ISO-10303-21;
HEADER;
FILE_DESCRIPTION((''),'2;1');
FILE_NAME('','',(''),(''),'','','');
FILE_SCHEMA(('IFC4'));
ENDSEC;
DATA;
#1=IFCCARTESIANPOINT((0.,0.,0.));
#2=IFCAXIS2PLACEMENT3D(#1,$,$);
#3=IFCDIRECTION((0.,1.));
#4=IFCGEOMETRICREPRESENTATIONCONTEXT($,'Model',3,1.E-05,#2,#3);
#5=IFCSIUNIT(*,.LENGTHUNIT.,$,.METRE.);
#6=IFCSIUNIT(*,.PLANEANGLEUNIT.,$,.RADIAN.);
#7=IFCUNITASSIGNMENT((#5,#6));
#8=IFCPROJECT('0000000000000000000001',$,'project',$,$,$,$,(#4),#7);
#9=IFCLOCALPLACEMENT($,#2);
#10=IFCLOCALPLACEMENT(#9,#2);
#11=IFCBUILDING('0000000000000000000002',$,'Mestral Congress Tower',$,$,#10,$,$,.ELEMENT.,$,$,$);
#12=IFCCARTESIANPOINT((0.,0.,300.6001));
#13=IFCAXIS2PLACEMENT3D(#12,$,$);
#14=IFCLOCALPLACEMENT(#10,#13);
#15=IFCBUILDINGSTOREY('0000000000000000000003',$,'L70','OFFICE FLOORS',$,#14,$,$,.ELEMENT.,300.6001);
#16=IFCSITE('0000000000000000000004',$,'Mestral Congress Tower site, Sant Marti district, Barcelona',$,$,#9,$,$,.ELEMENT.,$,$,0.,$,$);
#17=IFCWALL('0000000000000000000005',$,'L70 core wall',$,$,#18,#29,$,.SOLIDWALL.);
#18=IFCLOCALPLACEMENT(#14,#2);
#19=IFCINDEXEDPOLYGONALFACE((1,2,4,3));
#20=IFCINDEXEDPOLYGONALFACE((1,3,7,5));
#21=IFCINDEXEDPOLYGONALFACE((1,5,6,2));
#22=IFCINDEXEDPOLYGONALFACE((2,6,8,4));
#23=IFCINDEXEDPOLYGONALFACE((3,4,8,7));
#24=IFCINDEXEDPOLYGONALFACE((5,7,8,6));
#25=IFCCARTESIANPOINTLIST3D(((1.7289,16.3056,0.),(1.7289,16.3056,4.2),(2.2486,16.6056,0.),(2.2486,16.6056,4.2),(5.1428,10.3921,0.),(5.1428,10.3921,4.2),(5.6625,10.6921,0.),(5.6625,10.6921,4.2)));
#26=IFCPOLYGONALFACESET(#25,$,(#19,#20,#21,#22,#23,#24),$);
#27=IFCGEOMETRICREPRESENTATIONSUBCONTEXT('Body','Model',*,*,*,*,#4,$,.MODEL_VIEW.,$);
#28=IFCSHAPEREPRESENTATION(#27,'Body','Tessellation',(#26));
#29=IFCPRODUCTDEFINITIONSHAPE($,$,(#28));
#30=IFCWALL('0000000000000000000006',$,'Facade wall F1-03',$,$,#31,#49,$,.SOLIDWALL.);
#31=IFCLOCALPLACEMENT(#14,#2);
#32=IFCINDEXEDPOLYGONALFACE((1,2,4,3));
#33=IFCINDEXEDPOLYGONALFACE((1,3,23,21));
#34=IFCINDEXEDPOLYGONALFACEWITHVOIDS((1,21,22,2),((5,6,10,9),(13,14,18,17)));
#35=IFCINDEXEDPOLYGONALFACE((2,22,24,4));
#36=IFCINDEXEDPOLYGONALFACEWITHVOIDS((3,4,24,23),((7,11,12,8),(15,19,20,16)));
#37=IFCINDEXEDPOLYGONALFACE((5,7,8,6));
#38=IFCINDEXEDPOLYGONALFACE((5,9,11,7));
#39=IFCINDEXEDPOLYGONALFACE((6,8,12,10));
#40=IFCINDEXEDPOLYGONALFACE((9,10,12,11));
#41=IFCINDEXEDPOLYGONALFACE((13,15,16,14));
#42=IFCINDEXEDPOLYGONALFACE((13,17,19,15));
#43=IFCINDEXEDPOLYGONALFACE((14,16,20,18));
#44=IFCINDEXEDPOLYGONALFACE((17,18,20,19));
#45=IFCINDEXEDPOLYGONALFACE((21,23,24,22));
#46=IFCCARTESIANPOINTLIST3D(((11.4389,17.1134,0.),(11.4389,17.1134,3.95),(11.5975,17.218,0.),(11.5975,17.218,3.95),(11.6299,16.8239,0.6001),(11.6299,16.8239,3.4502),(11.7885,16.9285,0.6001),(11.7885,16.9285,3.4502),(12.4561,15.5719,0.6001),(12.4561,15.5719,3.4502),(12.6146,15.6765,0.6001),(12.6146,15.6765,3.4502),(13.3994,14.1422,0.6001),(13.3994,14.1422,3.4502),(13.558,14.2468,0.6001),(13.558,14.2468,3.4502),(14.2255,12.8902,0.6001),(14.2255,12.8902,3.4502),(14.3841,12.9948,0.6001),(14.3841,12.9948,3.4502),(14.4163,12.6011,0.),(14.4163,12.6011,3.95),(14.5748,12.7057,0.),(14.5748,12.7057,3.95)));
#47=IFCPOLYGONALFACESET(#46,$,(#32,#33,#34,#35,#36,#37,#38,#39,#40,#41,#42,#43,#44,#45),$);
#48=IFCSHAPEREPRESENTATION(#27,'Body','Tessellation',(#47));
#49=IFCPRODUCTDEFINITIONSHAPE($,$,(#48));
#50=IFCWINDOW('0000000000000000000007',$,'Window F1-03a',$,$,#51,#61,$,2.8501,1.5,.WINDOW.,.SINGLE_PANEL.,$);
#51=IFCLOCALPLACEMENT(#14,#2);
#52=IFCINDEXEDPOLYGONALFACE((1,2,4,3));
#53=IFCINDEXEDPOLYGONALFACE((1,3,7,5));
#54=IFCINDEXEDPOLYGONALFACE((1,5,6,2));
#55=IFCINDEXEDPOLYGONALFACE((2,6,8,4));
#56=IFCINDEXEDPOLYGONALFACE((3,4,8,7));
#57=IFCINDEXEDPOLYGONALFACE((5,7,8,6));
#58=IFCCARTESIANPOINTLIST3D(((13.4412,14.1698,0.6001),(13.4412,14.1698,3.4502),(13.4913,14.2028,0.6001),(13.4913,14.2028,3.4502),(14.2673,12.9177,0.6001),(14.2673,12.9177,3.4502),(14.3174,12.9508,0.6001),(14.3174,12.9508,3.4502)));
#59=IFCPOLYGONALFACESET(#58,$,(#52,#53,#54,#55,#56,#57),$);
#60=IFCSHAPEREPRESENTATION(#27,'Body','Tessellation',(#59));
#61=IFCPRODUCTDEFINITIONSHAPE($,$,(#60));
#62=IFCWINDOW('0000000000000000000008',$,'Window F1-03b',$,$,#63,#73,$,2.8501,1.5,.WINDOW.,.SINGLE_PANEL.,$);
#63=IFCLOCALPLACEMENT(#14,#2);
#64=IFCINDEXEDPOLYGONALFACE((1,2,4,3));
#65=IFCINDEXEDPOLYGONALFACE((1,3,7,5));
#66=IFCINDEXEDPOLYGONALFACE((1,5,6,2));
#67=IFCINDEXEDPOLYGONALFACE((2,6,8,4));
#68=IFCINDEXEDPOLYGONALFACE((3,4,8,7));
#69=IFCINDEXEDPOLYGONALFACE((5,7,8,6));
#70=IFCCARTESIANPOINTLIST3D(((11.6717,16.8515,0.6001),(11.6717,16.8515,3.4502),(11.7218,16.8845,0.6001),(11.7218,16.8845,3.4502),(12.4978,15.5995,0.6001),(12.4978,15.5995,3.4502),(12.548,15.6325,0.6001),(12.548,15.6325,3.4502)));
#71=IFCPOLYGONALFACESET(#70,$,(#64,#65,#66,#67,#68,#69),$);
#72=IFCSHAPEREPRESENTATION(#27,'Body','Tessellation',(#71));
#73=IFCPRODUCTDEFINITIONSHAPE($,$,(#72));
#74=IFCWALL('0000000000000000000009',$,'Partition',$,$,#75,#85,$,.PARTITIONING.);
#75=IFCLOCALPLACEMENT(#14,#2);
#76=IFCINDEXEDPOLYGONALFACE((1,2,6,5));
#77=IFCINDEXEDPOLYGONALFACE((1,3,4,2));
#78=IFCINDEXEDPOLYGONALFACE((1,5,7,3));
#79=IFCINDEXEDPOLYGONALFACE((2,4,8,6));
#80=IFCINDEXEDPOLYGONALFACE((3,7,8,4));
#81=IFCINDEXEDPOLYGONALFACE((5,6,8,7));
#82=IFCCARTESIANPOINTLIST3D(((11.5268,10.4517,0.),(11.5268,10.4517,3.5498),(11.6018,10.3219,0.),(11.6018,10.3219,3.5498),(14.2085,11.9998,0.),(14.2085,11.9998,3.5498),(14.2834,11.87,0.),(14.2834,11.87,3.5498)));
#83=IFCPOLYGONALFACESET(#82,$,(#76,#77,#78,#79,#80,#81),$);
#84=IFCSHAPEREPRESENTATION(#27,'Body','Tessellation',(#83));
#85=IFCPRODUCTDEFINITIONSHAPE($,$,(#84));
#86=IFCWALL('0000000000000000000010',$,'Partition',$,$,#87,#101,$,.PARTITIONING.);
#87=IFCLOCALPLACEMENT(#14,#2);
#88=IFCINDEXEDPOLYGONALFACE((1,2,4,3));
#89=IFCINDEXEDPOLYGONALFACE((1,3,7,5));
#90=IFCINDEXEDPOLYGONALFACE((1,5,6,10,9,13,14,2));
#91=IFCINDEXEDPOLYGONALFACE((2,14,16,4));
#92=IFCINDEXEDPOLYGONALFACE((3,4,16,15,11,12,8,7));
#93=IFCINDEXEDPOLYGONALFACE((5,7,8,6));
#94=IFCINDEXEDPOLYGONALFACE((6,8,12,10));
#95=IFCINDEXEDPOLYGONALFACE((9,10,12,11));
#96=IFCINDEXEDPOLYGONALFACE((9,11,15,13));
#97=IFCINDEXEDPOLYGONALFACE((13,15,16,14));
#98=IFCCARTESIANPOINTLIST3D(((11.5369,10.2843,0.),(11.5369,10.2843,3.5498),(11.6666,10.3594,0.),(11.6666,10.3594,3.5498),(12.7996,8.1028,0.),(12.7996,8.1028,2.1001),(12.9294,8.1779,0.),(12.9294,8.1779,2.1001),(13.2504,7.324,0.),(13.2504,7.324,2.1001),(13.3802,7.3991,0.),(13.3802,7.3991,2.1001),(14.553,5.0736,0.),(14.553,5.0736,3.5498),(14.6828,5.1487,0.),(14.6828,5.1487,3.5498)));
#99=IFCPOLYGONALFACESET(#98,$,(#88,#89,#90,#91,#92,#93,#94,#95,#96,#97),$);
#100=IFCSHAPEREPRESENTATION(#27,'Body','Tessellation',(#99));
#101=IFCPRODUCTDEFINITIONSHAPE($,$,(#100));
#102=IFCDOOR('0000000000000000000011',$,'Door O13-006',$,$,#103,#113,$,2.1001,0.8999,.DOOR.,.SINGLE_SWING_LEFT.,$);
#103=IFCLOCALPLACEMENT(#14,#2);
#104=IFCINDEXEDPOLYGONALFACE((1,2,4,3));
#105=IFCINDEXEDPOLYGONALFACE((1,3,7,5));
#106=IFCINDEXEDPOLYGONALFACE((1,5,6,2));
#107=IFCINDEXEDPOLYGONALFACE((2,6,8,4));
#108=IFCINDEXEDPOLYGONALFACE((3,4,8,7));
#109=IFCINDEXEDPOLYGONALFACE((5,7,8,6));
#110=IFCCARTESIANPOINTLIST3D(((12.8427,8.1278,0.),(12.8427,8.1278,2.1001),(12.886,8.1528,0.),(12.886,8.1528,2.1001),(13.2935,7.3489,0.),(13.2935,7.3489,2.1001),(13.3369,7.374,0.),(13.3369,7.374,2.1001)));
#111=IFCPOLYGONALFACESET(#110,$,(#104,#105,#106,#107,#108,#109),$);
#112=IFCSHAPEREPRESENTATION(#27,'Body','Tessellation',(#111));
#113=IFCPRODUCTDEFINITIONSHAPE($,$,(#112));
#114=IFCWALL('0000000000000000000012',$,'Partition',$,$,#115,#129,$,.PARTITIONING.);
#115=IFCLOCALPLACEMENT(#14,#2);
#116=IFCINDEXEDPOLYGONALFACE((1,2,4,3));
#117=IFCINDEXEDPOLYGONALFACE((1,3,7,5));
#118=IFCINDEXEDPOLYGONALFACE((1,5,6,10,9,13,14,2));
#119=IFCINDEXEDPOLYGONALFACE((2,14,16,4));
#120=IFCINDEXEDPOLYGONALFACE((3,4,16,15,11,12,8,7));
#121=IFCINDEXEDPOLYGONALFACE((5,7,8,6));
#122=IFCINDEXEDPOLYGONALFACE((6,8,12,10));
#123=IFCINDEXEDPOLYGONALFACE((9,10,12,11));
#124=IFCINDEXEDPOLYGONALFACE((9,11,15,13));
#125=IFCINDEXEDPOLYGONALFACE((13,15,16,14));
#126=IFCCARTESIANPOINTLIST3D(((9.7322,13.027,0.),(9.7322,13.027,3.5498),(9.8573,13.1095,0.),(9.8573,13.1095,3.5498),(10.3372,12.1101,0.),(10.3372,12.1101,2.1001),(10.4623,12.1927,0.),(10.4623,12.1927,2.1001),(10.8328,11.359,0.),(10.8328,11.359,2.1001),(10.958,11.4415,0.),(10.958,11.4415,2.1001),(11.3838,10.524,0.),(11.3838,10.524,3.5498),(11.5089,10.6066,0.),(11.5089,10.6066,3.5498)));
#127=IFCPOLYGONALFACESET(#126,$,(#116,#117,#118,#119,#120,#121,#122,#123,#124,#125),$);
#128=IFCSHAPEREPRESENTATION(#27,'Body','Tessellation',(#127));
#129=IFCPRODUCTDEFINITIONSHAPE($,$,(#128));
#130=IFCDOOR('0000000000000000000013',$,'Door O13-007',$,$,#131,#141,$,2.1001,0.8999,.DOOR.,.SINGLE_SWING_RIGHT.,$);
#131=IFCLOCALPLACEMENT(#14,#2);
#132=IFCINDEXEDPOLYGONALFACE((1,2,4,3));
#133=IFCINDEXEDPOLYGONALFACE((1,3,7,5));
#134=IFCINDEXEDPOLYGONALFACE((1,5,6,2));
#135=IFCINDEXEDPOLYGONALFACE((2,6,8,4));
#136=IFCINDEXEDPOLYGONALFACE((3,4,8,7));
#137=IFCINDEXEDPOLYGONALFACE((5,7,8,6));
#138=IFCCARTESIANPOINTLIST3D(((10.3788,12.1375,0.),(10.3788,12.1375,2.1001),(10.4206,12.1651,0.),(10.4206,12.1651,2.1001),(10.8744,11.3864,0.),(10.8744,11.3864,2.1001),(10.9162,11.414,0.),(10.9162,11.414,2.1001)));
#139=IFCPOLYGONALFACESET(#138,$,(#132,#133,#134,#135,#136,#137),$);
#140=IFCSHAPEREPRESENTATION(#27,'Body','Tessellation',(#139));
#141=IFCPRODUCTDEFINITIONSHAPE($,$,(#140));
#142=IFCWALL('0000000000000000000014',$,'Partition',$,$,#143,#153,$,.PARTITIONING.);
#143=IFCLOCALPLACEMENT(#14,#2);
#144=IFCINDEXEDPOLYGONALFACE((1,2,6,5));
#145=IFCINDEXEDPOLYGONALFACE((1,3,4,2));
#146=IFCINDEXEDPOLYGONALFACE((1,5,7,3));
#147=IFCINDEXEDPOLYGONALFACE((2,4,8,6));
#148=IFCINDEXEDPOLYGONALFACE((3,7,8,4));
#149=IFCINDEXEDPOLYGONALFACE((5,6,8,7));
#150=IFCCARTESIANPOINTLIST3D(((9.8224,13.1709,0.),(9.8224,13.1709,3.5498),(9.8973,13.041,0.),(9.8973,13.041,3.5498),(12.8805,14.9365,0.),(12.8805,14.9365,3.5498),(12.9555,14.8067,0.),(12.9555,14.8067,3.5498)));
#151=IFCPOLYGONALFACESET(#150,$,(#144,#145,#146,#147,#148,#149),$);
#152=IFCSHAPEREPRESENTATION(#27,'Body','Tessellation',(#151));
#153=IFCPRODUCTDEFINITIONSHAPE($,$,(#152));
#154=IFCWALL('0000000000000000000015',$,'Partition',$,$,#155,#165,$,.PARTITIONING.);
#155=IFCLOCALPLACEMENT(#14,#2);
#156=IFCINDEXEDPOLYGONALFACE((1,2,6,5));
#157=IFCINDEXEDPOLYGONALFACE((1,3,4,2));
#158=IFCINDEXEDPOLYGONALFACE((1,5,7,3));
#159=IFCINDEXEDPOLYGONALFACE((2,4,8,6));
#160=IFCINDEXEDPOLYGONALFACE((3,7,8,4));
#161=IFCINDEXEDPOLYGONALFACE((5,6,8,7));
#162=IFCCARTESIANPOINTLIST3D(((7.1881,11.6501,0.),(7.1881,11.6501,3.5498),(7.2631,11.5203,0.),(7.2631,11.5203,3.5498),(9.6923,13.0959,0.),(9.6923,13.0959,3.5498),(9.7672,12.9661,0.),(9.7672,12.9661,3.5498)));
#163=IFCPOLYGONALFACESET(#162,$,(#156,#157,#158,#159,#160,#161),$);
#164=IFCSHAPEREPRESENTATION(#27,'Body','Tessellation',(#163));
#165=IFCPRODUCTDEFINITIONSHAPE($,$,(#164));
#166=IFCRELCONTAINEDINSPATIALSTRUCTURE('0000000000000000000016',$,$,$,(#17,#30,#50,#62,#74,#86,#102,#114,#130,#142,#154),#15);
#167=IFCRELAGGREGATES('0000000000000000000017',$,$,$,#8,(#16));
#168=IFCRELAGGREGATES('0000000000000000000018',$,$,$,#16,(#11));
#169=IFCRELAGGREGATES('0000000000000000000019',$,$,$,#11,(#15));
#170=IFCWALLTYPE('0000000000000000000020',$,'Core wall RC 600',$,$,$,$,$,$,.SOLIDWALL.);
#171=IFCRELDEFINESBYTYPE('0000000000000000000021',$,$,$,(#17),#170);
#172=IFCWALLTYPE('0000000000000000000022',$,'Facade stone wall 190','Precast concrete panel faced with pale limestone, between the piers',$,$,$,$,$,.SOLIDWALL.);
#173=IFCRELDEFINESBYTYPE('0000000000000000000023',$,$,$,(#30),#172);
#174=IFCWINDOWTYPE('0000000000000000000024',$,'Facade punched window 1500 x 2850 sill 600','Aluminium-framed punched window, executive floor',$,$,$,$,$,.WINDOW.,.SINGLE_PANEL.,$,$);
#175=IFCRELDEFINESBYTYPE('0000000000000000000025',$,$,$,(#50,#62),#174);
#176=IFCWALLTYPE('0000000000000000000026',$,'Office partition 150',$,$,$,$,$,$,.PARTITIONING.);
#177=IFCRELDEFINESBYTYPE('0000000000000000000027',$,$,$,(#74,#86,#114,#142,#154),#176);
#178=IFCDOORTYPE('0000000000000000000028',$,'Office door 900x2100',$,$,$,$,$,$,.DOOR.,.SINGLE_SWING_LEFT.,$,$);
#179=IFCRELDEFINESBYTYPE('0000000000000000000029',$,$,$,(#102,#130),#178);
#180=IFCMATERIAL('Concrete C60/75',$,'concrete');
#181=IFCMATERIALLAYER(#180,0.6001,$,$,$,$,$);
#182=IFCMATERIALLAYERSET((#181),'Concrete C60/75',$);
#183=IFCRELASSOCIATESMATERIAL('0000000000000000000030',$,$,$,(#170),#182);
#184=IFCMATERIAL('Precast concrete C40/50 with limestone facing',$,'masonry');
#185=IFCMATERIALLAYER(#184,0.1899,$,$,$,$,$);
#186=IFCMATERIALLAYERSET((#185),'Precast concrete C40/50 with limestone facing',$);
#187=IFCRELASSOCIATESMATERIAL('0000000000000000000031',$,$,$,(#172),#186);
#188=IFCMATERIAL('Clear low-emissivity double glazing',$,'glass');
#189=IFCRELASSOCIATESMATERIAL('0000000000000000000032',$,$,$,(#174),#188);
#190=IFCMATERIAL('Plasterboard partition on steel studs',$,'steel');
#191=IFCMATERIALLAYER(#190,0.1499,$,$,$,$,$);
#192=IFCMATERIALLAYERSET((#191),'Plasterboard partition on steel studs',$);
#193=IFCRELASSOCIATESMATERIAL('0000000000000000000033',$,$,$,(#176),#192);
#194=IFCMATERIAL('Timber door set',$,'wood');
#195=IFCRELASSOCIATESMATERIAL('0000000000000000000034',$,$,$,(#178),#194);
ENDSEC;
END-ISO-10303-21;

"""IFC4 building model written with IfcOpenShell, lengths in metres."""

from ifc_helpers import new_model, si_unit, direction, frame, frame_2d, origin, place, context, subcontext, project, spatial, rectangle, extrude, material, layer, layer_set, type_object, element, fill, save


model = new_model("IFC4")

# Units and contexts
model_context = context("Model", 3, precision=1e-05, world=origin(), true_north=direction((0.0, 1.0)))
body_context = subcontext(model_context, "Body", "Model", "MODEL_VIEW")
ifc_project = project(units=[si_unit("LENGTHUNIT", "METRE"), si_unit("PLANEANGLEUNIT", "RADIAN")], contexts=[model_context])

# Site, building, storey
site_placement = place(None, origin())
site = spatial("IfcSite", under=ifc_project, at=site_placement, Name="Mestral Congress Tower site, Sant Marti district, Barcelona", CompositionType="ELEMENT", RefElevation=0.0)
building_placement = place(site_placement, origin())
building = spatial("IfcBuilding", under=site, at=building_placement, Name="Mestral Congress Tower", CompositionType="ELEMENT")
storey_placement = place(building_placement, frame((0.0, 0.0, 300.6001)))
storey = spatial("IfcBuildingStorey", under=building, at=storey_placement, Name="L70", Description="OFFICE FLOORS", CompositionType="ELEMENT", Elevation=300.6001)

# Shared definitions
ifc_material_1 = material(Name="Concrete C60/75", Category="concrete")

# Wall
ifc_layer_1 = layer(ifc_material_1, 0.6001)
ifc_layer_set_1 = layer_set([ifc_layer_1], Name="Concrete C60/75")
wall_type_1 = type_object("IfcWallType", Name="Core wall RC 600", PredefinedType="SOLIDWALL", material=ifc_layer_set_1)
wall_1_placement = place(storey_placement, frame((1.9888, 16.4556, 0.0), z_axis=(0.0, 0.0, 1.0), x_axis=(0.499973, -0.866041, 0.0)))
element("IfcWall", 1, at=wall_1_placement, inside=storey, type_object=wall_type_1, Name="L70 core wall", PredefinedType="SOLIDWALL", context=body_context, shape_type="SweptSolid", body=[
    extrude(rectangle(XDim=6.8281, YDim=0.6001, at=frame_2d((3.4141, 0.0))), origin(), (0.0, 0.0, 1.0), 4.2),
])

# Wall, openings, windows
ifc_material_2 = material(Name="Precast concrete C40/50 with limestone facing", Category="masonry")
ifc_layer_2 = layer(ifc_material_2, 0.1899)
ifc_layer_set_2 = layer_set([ifc_layer_2], Name="Precast concrete C40/50 with limestone facing")
wall_type_2 = type_object("IfcWallType", Name="Facade stone wall 190", Description="Precast concrete panel faced with pale limestone, between the piers", PredefinedType="SOLIDWALL", material=ifc_layer_set_2)
wall_2_placement = place(storey_placement, frame((14.4956, 12.6533, 0.0), z_axis=(0.0, 0.0, 1.0), x_axis=(-0.550744, 0.834674, 0.0)))
wall_2 = element("IfcWall", 2, at=wall_2_placement, inside=storey, type_object=wall_type_2, Name="Facade wall F1-03", PredefinedType="SOLIDWALL", context=body_context, shape_type="SweptSolid", body=[
    extrude(rectangle(XDim=5.406, YDim=0.1899, at=frame_2d((2.7031, 0.0))), origin(), (0.0, 0.0, 1.0), 3.95),
])
opening_1_placement = place(wall_2_placement, frame((0.3464, 0.0, 0.6001)))
opening_1 = element("IfcOpeningElement", 3, at=opening_1_placement, cuts=wall_2, PredefinedType="OPENING", context=body_context, shape_type="SweptSolid", body=[
    extrude(rectangle(XDim=1.5, YDim=2.8501, at=frame_2d((0.75, 1.425))), frame((0.0, 0.105, 0.0), z_axis=(0.0, -1.0, 0.0), x_axis=(1.0, 0.0, 0.0)), (0.0, 0.0, 1.0), 0.21),
])
opening_2_placement = place(wall_2_placement, frame((3.5593, 0.0, 0.6001)))
opening_2 = element("IfcOpeningElement", 4, at=opening_2_placement, cuts=wall_2, PredefinedType="OPENING", context=body_context, shape_type="SweptSolid", body=[
    extrude(rectangle(XDim=1.5, YDim=2.8501, at=frame_2d((0.75, 1.425))), frame((0.0, 0.105, 0.0), z_axis=(0.0, -1.0, 0.0), x_axis=(1.0, 0.0, 0.0)), (0.0, 0.0, 1.0), 0.21),
])
ifc_material_3 = material(Name="Clear low-emissivity double glazing", Category="glass")
window_type = type_object("IfcWindowType", Name="Facade punched window 1500 x 2850 sill 600", Description="Aluminium-framed punched window, executive floor", PartitioningType="SINGLE_PANEL", PredefinedType="WINDOW", material=ifc_material_3)
window_1_placement = place(opening_1_placement, origin())
window_1 = element("IfcWindow", 5, at=window_1_placement, inside=storey, type_object=window_type, Name="Window F1-03a", OverallHeight=2.8501, OverallWidth=1.5, PartitioningType="SINGLE_PANEL", PredefinedType="WINDOW", context=body_context, shape_type="SweptSolid", body=[
    extrude(rectangle(XDim=1.5, YDim=2.8501, at=frame_2d((0.75, 1.425))), frame((0.0, 0.0449, 0.0), z_axis=(0.0, -1.0, 0.0), x_axis=(1.0, 0.0, 0.0)), (0.0, 0.0, 1.0), 0.0601),
])
fill(opening_1, window_1)
window_2_placement = place(opening_2_placement, origin())
window_2 = element("IfcWindow", 6, at=window_2_placement, inside=storey, type_object=window_type, Name="Window F1-03b", OverallHeight=2.8501, OverallWidth=1.5, PartitioningType="SINGLE_PANEL", PredefinedType="WINDOW", context=body_context, shape_type="SweptSolid", body=[
    extrude(rectangle(XDim=1.5, YDim=2.8501, at=frame_2d((0.75, 1.425))), frame((0.0, 0.0449, 0.0), z_axis=(0.0, -1.0, 0.0), x_axis=(1.0, 0.0, 0.0)), (0.0, 0.0, 1.0), 0.0601),
])
fill(opening_2, window_2)

# Wall
ifc_material_4 = material(Name="Plasterboard partition on steel studs", Category="steel")
ifc_layer_3 = layer(ifc_material_4, 0.1499)
ifc_layer_set_3 = layer_set([ifc_layer_3], Name="Plasterboard partition on steel studs")
wall_type_3 = type_object("IfcWallType", Name="Office partition 150", PredefinedType="PARTITIONING", material=ifc_layer_set_3)
wall_3_placement = place(storey_placement, frame((11.5642, 10.3867, 0.0), z_axis=(0.0, 0.0, 1.0), x_axis=(0.866046, 0.499964, 0.0)))
element("IfcWall", 7, at=wall_3_placement, inside=storey, type_object=wall_type_3, Name="Partition", PredefinedType="PARTITIONING", context=body_context, shape_type="SweptSolid", body=[
    extrude(rectangle(XDim=3.0964, YDim=0.1499, at=frame_2d((1.5483, 0.0))), origin(), (0.0, 0.0, 1.0), 3.5498),
])

# Walls, openings, doors
wall_4_placement = place(storey_placement, frame((11.6018, 10.3218, 0.0), z_axis=(0.0, 0.0, 1.0), x_axis=(0.500961, -0.86547, 0.0)))
wall_4 = element("IfcWall", 8, at=wall_4_placement, inside=storey, type_object=wall_type_3, Name="Partition", PredefinedType="PARTITIONING", context=body_context, shape_type="SweptSolid", body=[
    extrude(rectangle(XDim=6.0208, YDim=0.1499, at=frame_2d((3.0103, 0.0))), origin(), (0.0, 0.0, 1.0), 3.5498),
])
opening_3_placement = place(wall_4_placement, frame((2.5205, 0.0, 0.0)))
opening_3 = element("IfcOpeningElement", 9, at=opening_3_placement, cuts=wall_4, PredefinedType="OPENING", context=body_context, shape_type="SweptSolid", body=[
    extrude(rectangle(XDim=0.8999, YDim=2.1001, at=frame_2d((0.45, 1.05))), frame((0.0, 0.085, 0.0), z_axis=(0.0, -1.0, 0.0), x_axis=(1.0, 0.0, 0.0)), (0.0, 0.0, 1.0), 0.1699),
])
ifc_material_5 = material(Name="Timber door set", Category="wood")
door_type_1 = type_object("IfcDoorType", Name="Office door 900x2100", OperationType="SINGLE_SWING_LEFT", PredefinedType="DOOR", material=ifc_material_5)
door_1_placement = place(opening_3_placement, origin())
door_1 = element("IfcDoor", 10, at=door_1_placement, inside=storey, type_object=door_type_1, Name="Door O13-006", OperationType="SINGLE_SWING_LEFT", OverallHeight=2.1001, OverallWidth=0.8999, PredefinedType="DOOR", context=body_context, shape_type="SweptSolid", body=[
    extrude(rectangle(XDim=0.8999, YDim=2.1001, at=frame_2d((0.45, 1.05))), frame((0.0, 0.0249, 0.0), z_axis=(0.0, -1.0, 0.0), x_axis=(1.0, 0.0, 0.0)), (0.0, 0.0, 1.0), 0.05),
])
fill(opening_3, door_1)
wall_5_placement = place(storey_placement, frame((9.7947, 13.0684, 0.0), z_axis=(0.0, 0.0, 1.0), x_axis=(0.550767, -0.834659, 0.0)))
wall_5 = element("IfcWall", 11, at=wall_5_placement, inside=storey, type_object=wall_type_3, Name="Partition", PredefinedType="PARTITIONING", context=body_context, shape_type="SweptSolid", body=[
    extrude(rectangle(XDim=2.9988, YDim=0.1499, at=frame_2d((1.4995, 0.0))), origin(), (0.0, 0.0, 1.0), 3.5498),
])
opening_4_placement = place(wall_5_placement, frame((1.0986, 0.0, 0.0)))
opening_4 = element("IfcOpeningElement", 12, at=opening_4_placement, cuts=wall_5, PredefinedType="OPENING", context=body_context, shape_type="SweptSolid", body=[
    extrude(rectangle(XDim=0.8999, YDim=2.1001, at=frame_2d((0.45, 1.05))), frame((0.0, 0.085, 0.0), z_axis=(0.0, -1.0, 0.0), x_axis=(1.0, 0.0, 0.0)), (0.0, 0.0, 1.0), 0.1699),
])
door_2_placement = place(opening_4_placement, origin())
door_2 = element("IfcDoor", 13, at=door_2_placement, inside=storey, type_object=door_type_1, Name="Door O13-007", OperationType="SINGLE_SWING_RIGHT", OverallHeight=2.1001, OverallWidth=0.8999, PredefinedType="DOOR", context=body_context, shape_type="SweptSolid", body=[
    extrude(rectangle(XDim=0.8999, YDim=2.1001, at=frame_2d((0.45, 1.05))), frame((0.0, 0.0249, 0.0), z_axis=(0.0, -1.0, 0.0), x_axis=(1.0, 0.0, 0.0)), (0.0, 0.0, 1.0), 0.05),
])
fill(opening_4, door_2)

# Walls
wall_6_placement = place(storey_placement, frame((9.8599, 13.106, 0.0), z_axis=(0.0, 0.0, 1.0), x_axis=(0.866022, 0.500006, 0.0)))
element("IfcWall", 14, at=wall_6_placement, inside=storey, type_object=wall_type_3, Name="Partition", PredefinedType="PARTITIONING", context=body_context, shape_type="SweptSolid", body=[
    extrude(rectangle(XDim=3.5312, YDim=0.1499, at=frame_2d((1.7656, 0.0))), origin(), (0.0, 0.0, 1.0), 3.5498),
])
wall_7_placement = place(storey_placement, frame((7.2256, 11.5852, 0.0), z_axis=(0.0, 0.0, 1.0), x_axis=(0.866021, 0.500007, 0.0)))
element("IfcWall", 15, at=wall_7_placement, inside=storey, type_object=wall_type_3, Name="Partition", PredefinedType="PARTITIONING", context=body_context, shape_type="SweptSolid", body=[
    extrude(rectangle(XDim=2.8916, YDim=0.1499, at=frame_2d((1.4458, 0.0))), origin(), (0.0, 0.0, 1.0), 3.5498),
])

save(model, "model.ifc")
